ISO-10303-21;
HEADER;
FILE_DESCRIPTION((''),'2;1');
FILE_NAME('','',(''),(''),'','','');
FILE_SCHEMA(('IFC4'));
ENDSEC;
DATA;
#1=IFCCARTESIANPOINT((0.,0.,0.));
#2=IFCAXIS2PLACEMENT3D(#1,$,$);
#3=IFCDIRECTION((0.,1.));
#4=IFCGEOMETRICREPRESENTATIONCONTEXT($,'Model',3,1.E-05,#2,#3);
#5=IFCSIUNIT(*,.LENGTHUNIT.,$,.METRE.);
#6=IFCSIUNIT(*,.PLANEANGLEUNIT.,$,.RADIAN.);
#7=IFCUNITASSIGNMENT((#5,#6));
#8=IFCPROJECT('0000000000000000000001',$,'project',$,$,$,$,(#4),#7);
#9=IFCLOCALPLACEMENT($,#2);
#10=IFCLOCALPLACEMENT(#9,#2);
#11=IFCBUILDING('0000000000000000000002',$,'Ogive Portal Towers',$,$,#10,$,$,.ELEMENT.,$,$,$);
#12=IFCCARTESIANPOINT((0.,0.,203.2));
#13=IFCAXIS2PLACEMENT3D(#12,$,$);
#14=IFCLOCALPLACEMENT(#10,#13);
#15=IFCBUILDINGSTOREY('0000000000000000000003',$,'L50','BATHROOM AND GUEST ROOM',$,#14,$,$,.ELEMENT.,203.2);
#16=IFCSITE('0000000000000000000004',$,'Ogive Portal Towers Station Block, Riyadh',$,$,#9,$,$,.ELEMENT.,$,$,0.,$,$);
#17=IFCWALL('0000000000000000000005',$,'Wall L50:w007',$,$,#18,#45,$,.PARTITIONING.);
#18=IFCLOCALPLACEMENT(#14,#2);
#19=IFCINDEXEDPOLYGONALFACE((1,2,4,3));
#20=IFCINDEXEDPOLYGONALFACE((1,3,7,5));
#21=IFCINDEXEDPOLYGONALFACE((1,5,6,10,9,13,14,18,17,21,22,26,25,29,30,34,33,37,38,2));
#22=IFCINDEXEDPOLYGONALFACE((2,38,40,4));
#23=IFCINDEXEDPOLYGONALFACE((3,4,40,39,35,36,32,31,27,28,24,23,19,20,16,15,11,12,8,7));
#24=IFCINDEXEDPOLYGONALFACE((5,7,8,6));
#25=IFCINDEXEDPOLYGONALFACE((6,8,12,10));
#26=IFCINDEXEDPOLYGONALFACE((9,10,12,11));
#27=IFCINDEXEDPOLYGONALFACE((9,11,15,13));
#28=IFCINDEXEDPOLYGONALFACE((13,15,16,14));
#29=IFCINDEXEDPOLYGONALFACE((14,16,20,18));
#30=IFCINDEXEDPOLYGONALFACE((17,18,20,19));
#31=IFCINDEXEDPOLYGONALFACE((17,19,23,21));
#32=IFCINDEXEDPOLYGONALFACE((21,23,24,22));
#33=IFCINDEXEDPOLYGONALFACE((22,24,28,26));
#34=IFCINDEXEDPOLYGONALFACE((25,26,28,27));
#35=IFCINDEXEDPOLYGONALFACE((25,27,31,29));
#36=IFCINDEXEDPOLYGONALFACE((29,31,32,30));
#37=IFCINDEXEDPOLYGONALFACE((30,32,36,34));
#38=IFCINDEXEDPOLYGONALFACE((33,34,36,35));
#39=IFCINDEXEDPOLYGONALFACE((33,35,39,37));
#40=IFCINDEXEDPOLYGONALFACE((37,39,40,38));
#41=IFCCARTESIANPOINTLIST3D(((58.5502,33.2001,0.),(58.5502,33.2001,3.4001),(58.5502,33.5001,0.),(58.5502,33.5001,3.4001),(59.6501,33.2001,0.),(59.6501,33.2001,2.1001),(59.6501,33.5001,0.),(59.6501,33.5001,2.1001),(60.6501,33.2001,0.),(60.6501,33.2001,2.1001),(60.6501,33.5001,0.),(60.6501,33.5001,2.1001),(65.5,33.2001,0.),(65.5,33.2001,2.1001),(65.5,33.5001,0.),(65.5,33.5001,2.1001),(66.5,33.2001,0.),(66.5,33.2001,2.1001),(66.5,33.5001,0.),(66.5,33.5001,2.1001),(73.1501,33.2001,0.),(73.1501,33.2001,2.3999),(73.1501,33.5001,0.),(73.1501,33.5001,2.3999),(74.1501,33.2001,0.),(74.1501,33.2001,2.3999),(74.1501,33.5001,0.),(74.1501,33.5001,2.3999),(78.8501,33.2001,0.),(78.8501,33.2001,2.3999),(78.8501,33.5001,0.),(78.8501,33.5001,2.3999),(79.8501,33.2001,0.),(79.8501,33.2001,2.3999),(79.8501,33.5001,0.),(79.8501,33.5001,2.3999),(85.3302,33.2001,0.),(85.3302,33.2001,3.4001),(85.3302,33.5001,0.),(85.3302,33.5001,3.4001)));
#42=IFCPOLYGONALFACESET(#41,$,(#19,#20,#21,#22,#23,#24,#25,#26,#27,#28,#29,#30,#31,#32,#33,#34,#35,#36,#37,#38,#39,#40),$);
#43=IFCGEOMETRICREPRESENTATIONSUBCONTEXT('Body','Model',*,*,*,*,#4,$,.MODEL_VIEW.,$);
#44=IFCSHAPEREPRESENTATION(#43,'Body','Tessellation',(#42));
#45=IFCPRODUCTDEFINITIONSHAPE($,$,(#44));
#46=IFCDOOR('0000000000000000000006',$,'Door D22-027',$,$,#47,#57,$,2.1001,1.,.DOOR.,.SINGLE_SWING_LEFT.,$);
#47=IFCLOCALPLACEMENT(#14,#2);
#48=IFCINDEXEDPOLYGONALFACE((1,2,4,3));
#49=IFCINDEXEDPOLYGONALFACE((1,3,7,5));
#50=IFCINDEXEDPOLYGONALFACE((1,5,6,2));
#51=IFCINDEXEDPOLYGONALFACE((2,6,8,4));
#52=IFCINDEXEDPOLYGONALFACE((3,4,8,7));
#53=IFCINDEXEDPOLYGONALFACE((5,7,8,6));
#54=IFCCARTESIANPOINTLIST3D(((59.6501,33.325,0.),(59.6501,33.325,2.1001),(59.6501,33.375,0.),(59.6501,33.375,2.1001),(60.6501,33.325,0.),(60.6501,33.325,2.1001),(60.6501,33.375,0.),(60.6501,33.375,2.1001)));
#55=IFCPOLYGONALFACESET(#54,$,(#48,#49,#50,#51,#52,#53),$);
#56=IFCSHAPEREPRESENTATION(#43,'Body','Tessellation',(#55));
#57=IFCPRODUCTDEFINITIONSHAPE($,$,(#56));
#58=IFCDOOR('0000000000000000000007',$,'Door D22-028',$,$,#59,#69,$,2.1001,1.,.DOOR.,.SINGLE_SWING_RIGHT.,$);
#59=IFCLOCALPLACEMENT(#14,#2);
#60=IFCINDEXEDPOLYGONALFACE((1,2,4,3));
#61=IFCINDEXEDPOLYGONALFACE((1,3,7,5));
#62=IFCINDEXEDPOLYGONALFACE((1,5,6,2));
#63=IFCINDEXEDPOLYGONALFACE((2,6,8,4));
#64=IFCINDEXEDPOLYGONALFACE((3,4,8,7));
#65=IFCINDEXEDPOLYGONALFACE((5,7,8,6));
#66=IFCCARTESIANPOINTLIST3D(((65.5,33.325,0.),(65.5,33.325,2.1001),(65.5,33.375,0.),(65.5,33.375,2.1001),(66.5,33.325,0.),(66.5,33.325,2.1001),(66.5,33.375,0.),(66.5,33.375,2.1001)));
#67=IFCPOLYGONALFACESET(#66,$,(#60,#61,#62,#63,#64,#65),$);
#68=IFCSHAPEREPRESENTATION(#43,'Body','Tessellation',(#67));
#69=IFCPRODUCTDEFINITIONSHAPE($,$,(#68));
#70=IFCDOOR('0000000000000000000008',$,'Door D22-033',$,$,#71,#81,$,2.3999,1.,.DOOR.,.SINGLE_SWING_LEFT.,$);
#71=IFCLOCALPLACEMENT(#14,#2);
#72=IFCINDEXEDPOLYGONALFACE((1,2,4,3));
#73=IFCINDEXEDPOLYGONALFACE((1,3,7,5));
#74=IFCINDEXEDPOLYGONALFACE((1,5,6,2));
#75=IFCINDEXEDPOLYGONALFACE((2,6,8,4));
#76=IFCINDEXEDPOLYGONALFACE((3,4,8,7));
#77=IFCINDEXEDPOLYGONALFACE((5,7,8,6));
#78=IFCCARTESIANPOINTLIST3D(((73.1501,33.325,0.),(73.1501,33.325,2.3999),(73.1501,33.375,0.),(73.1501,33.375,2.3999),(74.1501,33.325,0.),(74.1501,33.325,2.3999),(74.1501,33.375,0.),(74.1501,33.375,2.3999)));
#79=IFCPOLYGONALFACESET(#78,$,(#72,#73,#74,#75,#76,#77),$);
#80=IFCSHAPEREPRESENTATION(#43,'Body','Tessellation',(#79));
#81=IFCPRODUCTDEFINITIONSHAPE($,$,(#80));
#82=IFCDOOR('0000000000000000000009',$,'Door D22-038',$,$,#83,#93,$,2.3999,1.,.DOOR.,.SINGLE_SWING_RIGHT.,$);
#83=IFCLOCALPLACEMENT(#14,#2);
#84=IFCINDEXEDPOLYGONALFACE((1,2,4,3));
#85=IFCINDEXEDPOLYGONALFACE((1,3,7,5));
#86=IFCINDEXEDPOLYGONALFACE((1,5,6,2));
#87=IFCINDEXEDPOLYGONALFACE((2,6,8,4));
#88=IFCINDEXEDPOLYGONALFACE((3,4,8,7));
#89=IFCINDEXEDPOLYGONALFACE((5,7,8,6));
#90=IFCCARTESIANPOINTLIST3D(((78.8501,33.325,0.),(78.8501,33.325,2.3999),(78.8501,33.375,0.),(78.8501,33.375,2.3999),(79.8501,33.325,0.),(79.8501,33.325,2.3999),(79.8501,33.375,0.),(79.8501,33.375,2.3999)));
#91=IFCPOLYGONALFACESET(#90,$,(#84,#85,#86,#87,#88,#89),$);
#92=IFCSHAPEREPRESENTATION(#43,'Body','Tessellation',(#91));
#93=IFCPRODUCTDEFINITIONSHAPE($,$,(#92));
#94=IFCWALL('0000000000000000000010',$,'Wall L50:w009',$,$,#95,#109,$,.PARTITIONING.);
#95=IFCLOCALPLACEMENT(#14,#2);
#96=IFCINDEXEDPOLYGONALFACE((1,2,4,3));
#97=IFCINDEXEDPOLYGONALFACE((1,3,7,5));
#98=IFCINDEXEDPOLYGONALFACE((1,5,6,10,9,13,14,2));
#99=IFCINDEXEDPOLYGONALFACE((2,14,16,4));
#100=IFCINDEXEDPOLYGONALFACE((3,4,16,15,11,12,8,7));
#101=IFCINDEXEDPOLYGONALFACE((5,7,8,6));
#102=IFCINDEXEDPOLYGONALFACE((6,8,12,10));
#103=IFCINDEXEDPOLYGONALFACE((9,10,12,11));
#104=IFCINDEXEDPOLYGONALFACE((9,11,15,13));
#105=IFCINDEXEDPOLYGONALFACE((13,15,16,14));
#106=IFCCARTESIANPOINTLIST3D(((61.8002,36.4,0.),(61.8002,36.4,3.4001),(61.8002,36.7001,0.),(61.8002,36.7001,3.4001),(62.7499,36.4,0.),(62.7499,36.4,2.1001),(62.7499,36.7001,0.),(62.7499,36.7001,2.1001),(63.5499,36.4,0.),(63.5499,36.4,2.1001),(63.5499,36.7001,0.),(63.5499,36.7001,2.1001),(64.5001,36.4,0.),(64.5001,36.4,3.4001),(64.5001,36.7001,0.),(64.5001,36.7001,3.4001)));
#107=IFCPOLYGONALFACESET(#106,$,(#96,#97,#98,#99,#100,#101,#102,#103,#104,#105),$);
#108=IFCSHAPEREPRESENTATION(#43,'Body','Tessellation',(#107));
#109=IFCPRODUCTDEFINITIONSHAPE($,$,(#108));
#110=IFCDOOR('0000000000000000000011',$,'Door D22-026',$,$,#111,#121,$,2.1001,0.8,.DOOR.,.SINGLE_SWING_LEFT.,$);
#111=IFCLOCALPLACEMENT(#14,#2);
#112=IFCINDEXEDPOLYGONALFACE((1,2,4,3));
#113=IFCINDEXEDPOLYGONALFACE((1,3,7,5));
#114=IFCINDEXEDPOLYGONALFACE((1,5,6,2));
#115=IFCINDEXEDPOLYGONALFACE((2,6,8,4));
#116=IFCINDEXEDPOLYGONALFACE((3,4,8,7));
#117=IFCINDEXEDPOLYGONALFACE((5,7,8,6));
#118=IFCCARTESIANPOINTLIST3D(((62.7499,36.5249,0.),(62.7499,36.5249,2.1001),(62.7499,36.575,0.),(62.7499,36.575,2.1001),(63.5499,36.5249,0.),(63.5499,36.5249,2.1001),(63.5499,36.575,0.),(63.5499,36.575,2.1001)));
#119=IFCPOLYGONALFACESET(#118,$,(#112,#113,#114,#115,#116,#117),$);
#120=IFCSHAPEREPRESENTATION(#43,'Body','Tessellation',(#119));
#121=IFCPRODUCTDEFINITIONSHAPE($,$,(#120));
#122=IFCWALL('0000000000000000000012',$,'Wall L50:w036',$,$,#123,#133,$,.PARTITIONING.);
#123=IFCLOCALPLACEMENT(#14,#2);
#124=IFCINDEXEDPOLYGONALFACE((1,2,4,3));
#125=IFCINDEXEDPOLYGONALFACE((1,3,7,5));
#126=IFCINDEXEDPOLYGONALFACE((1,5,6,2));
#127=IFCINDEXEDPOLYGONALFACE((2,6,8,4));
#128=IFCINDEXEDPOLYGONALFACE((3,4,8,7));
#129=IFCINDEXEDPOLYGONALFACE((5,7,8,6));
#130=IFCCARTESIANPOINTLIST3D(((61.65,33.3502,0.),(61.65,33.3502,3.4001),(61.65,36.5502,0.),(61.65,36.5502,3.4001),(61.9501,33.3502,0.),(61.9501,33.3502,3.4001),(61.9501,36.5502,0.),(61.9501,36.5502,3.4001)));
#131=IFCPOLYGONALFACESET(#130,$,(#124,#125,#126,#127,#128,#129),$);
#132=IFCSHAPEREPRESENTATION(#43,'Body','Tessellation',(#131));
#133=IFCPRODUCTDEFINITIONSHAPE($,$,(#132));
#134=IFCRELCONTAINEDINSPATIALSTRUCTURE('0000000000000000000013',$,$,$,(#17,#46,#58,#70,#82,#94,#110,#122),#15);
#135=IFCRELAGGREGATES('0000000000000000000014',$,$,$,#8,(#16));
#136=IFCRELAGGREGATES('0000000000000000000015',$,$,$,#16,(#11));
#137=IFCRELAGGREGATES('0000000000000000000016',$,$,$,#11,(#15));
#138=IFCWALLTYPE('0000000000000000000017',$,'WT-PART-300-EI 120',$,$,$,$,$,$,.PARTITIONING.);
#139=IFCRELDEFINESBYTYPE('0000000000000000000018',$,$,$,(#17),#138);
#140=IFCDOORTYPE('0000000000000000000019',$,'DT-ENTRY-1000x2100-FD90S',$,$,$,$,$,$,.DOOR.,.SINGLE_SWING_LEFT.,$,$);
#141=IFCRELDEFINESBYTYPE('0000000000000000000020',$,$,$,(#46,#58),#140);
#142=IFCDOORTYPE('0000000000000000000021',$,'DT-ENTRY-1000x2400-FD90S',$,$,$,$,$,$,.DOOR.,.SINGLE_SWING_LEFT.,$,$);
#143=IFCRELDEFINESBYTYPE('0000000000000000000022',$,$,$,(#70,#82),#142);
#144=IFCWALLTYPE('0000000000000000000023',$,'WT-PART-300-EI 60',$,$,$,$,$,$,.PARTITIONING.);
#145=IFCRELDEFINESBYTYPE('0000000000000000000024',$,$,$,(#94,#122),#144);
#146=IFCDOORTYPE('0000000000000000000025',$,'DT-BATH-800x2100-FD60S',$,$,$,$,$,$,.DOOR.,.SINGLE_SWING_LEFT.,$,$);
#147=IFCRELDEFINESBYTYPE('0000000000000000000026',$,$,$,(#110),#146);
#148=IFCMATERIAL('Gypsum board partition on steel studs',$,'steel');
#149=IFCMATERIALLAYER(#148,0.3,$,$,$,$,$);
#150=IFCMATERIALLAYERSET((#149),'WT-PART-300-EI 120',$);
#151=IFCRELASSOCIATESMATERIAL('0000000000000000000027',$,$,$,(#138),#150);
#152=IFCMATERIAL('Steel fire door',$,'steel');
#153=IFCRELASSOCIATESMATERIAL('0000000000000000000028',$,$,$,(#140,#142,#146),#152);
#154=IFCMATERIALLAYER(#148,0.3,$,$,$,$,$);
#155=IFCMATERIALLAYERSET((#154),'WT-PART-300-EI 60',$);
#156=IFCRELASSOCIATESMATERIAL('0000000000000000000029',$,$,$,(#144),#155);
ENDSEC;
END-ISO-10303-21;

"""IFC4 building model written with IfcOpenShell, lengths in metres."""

from ifc_helpers import new_model, si_unit, direction, frame, frame_2d, origin, place, context, subcontext, project, spatial, rectangle, extrude, material, layer, layer_set, type_object, element, fill, save


model = new_model("IFC4")

# Units and contexts
model_context = context("Model", 3, precision=1e-05, world=origin(), true_north=direction((0.0, 1.0)))
body_context = subcontext(model_context, "Body", "Model", "MODEL_VIEW")
ifc_project = project(units=[si_unit("LENGTHUNIT", "METRE"), si_unit("PLANEANGLEUNIT", "RADIAN")], contexts=[model_context])

# Site, building, storey
site_placement = place(None, origin())
site = spatial("IfcSite", under=ifc_project, at=site_placement, Name="Ogive Portal Towers Station Block, Riyadh", CompositionType="ELEMENT", RefElevation=0.0)
building_placement = place(site_placement, origin())
building = spatial("IfcBuilding", under=site, at=building_placement, Name="Ogive Portal Towers", CompositionType="ELEMENT")
storey_placement = place(building_placement, frame((0.0, 0.0, 203.2)))
storey = spatial("IfcBuildingStorey", under=building, at=storey_placement, Name="L50", Description="BATHROOM AND GUEST ROOM", CompositionType="ELEMENT", Elevation=203.2)

# Shared definitions
ifc_material_1 = material(Name="Gypsum board partition on steel studs", Category="steel")
ifc_material_2 = material(Name="Steel fire door", Category="steel")

# Wall, openings, doors
ifc_layer_1 = layer(ifc_material_1, 0.3)
ifc_layer_set_1 = layer_set([ifc_layer_1], Name="WT-PART-300-EI 120")
wall_type_1 = type_object("IfcWallType", Name="WT-PART-300-EI 120", PredefinedType="PARTITIONING", material=ifc_layer_set_1)
door_type_1 = type_object("IfcDoorType", Name="DT-ENTRY-1000x2100-FD90S", OperationType="SINGLE_SWING_LEFT", PredefinedType="DOOR", material=ifc_material_2)
wall_1_placement = place(storey_placement, frame((58.55, 33.3501, 0.0), z_axis=(0.0, 0.0, 1.0), x_axis=(1.0, 0.0, 0.0)))
wall_1 = element("IfcWall", 1, at=wall_1_placement, inside=storey, type_object=wall_type_1, Name="Wall L50:w007", PredefinedType="PARTITIONING", context=body_context, shape_type="SweptSolid", body=[
    extrude(rectangle(XDim=26.78, YDim=0.3, at=frame_2d((13.3901, 0.0))), origin(), (0.0, 0.0, 1.0), 3.4001),
])
opening_1_placement = place(wall_1_placement, frame((1.1001, 0.0, 0.0)))
opening_1 = element("IfcOpeningElement", 2, at=opening_1_placement, cuts=wall_1, PredefinedType="OPENING", context=body_context, shape_type="SweptSolid", body=[
    extrude(rectangle(XDim=1.0, YDim=2.1001, at=frame_2d((0.5, 1.05))), frame((0.0, 0.1602, 0.0), z_axis=(0.0, -1.0, 0.0), x_axis=(1.0, 0.0, 0.0)), (0.0, 0.0, 1.0), 0.3201),
])
opening_2_placement = place(wall_1_placement, frame((6.95, 0.0, 0.0)))
opening_2 = element("IfcOpeningElement", 3, at=opening_2_placement, cuts=wall_1, PredefinedType="OPENING", context=body_context, shape_type="SweptSolid", body=[
    extrude(rectangle(XDim=1.0, YDim=2.1001, at=frame_2d((0.5, 1.05))), frame((0.0, 0.1602, 0.0), z_axis=(0.0, -1.0, 0.0), x_axis=(1.0, 0.0, 0.0)), (0.0, 0.0, 1.0), 0.3201),
])
opening_3_placement = place(wall_1_placement, frame((14.6001, 0.0, 0.0)))
opening_3 = element("IfcOpeningElement", 4, at=opening_3_placement, cuts=wall_1, PredefinedType="OPENING", context=body_context, shape_type="SweptSolid", body=[
    extrude(rectangle(XDim=1.0, YDim=2.3999, at=frame_2d((0.5, 1.2))), frame((0.0, 0.1602, 0.0), z_axis=(0.0, -1.0, 0.0), x_axis=(1.0, 0.0, 0.0)), (0.0, 0.0, 1.0), 0.3201),
])
opening_4_placement = place(wall_1_placement, frame((20.3, 0.0, 0.0)))
opening_4 = element("IfcOpeningElement", 5, at=opening_4_placement, cuts=wall_1, PredefinedType="OPENING", context=body_context, shape_type="SweptSolid", body=[
    extrude(rectangle(XDim=1.0, YDim=2.3999, at=frame_2d((0.5, 1.2))), frame((0.0, 0.1602, 0.0), z_axis=(0.0, -1.0, 0.0), x_axis=(1.0, 0.0, 0.0)), (0.0, 0.0, 1.0), 0.3201),
])
door_1_placement = place(opening_1_placement, origin())
door_1 = element("IfcDoor", 6, at=door_1_placement, inside=storey, type_object=door_type_1, Name="Door D22-027", OperationType="SINGLE_SWING_LEFT", OverallHeight=2.1001, OverallWidth=1.0, PredefinedType="DOOR", context=body_context, shape_type="SweptSolid", body=[
    extrude(rectangle(XDim=1.0, YDim=2.1001, at=frame_2d((0.5, 1.05))), frame((0.0, 0.0249, 0.0), z_axis=(0.0, -1.0, 0.0), x_axis=(1.0, 0.0, 0.0)), (0.0, 0.0, 1.0), 0.05),
])
fill(opening_1, door_1)
door_2_placement = place(opening_2_placement, origin())
door_2 = element("IfcDoor", 7, at=door_2_placement, inside=storey, type_object=door_type_1, Name="Door D22-028", OperationType="SINGLE_SWING_RIGHT", OverallHeight=2.1001, OverallWidth=1.0, PredefinedType="DOOR", context=body_context, shape_type="SweptSolid", body=[
    extrude(rectangle(XDim=1.0, YDim=2.1001, at=frame_2d((0.5, 1.05))), frame((0.0, 0.0249, 0.0), z_axis=(0.0, -1.0, 0.0), x_axis=(1.0, 0.0, 0.0)), (0.0, 0.0, 1.0), 0.05),
])
fill(opening_2, door_2)
door_type_2 = type_object("IfcDoorType", Name="DT-ENTRY-1000x2400-FD90S", OperationType="SINGLE_SWING_LEFT", PredefinedType="DOOR", material=ifc_material_2)
door_3_placement = place(opening_3_placement, origin())
door_3 = element("IfcDoor", 8, at=door_3_placement, inside=storey, type_object=door_type_2, Name="Door D22-033", OperationType="SINGLE_SWING_LEFT", OverallHeight=2.3999, OverallWidth=1.0, PredefinedType="DOOR", context=body_context, shape_type="SweptSolid", body=[
    extrude(rectangle(XDim=1.0, YDim=2.3999, at=frame_2d((0.5, 1.2))), frame((0.0, 0.0249, 0.0), z_axis=(0.0, -1.0, 0.0), x_axis=(1.0, 0.0, 0.0)), (0.0, 0.0, 1.0), 0.05),
])
fill(opening_3, door_3)
door_4_placement = place(opening_4_placement, origin())
door_4 = element("IfcDoor", 9, at=door_4_placement, inside=storey, type_object=door_type_2, Name="Door D22-038", OperationType="SINGLE_SWING_RIGHT", OverallHeight=2.3999, OverallWidth=1.0, PredefinedType="DOOR", context=body_context, shape_type="SweptSolid", body=[
    extrude(rectangle(XDim=1.0, YDim=2.3999, at=frame_2d((0.5, 1.2))), frame((0.0, 0.0249, 0.0), z_axis=(0.0, -1.0, 0.0), x_axis=(1.0, 0.0, 0.0)), (0.0, 0.0, 1.0), 0.05),
])
fill(opening_4, door_4)

# Wall, opening, door
ifc_layer_2 = layer(ifc_material_1, 0.3)
ifc_layer_set_2 = layer_set([ifc_layer_2], Name="WT-PART-300-EI 60")
wall_type_2 = type_object("IfcWallType", Name="WT-PART-300-EI 60", PredefinedType="PARTITIONING", material=ifc_layer_set_2)
wall_2_placement = place(storey_placement, frame((61.8, 36.55, 0.0), z_axis=(0.0, 0.0, 1.0), x_axis=(1.0, 0.0, 0.0)))
wall_2 = element("IfcWall", 10, at=wall_2_placement, inside=storey, type_object=wall_type_2, Name="Wall L50:w009", PredefinedType="PARTITIONING", context=body_context, shape_type="SweptSolid", body=[
    extrude(rectangle(XDim=2.7, YDim=0.3, at=frame_2d((1.3501, 0.0))), origin(), (0.0, 0.0, 1.0), 3.4001),
])
opening_5_placement = place(wall_2_placement, frame((0.95, 0.0, 0.0)))
opening_5 = element("IfcOpeningElement", 11, at=opening_5_placement, cuts=wall_2, PredefinedType="OPENING", context=body_context, shape_type="SweptSolid", body=[
    extrude(rectangle(XDim=0.8, YDim=2.1001, at=frame_2d((0.3999, 1.05))), frame((0.0, 0.1602, 0.0), z_axis=(0.0, -1.0, 0.0), x_axis=(1.0, 0.0, 0.0)), (0.0, 0.0, 1.0), 0.3201),
])
door_type_3 = type_object("IfcDoorType", Name="DT-BATH-800x2100-FD60S", OperationType="SINGLE_SWING_LEFT", PredefinedType="DOOR", material=ifc_material_2)
door_5_placement = place(opening_5_placement, origin())
door_5 = element("IfcDoor", 12, at=door_5_placement, inside=storey, type_object=door_type_3, Name="Door D22-026", OperationType="SINGLE_SWING_LEFT", OverallHeight=2.1001, OverallWidth=0.8, PredefinedType="DOOR", context=body_context, shape_type="SweptSolid", body=[
    extrude(rectangle(XDim=0.8, YDim=2.1001, at=frame_2d((0.3999, 1.05))), frame((0.0, 0.0249, 0.0), z_axis=(0.0, -1.0, 0.0), x_axis=(1.0, 0.0, 0.0)), (0.0, 0.0, 1.0), 0.05),
])
fill(opening_5, door_5)

# Wall
wall_3_placement = place(storey_placement, frame((61.8, 33.3501, 0.0), z_axis=(0.0, 0.0, 1.0), x_axis=(0.0, 1.0, 0.0)))
element("IfcWall", 13, at=wall_3_placement, inside=storey, type_object=wall_type_2, Name="Wall L50:w036", PredefinedType="PARTITIONING", context=body_context, shape_type="SweptSolid", body=[
    extrude(rectangle(XDim=3.2, YDim=0.3, at=frame_2d((1.6001, 0.0))), origin(), (0.0, 0.0, 1.0), 3.4001),
])

save(model, "model.ifc")
